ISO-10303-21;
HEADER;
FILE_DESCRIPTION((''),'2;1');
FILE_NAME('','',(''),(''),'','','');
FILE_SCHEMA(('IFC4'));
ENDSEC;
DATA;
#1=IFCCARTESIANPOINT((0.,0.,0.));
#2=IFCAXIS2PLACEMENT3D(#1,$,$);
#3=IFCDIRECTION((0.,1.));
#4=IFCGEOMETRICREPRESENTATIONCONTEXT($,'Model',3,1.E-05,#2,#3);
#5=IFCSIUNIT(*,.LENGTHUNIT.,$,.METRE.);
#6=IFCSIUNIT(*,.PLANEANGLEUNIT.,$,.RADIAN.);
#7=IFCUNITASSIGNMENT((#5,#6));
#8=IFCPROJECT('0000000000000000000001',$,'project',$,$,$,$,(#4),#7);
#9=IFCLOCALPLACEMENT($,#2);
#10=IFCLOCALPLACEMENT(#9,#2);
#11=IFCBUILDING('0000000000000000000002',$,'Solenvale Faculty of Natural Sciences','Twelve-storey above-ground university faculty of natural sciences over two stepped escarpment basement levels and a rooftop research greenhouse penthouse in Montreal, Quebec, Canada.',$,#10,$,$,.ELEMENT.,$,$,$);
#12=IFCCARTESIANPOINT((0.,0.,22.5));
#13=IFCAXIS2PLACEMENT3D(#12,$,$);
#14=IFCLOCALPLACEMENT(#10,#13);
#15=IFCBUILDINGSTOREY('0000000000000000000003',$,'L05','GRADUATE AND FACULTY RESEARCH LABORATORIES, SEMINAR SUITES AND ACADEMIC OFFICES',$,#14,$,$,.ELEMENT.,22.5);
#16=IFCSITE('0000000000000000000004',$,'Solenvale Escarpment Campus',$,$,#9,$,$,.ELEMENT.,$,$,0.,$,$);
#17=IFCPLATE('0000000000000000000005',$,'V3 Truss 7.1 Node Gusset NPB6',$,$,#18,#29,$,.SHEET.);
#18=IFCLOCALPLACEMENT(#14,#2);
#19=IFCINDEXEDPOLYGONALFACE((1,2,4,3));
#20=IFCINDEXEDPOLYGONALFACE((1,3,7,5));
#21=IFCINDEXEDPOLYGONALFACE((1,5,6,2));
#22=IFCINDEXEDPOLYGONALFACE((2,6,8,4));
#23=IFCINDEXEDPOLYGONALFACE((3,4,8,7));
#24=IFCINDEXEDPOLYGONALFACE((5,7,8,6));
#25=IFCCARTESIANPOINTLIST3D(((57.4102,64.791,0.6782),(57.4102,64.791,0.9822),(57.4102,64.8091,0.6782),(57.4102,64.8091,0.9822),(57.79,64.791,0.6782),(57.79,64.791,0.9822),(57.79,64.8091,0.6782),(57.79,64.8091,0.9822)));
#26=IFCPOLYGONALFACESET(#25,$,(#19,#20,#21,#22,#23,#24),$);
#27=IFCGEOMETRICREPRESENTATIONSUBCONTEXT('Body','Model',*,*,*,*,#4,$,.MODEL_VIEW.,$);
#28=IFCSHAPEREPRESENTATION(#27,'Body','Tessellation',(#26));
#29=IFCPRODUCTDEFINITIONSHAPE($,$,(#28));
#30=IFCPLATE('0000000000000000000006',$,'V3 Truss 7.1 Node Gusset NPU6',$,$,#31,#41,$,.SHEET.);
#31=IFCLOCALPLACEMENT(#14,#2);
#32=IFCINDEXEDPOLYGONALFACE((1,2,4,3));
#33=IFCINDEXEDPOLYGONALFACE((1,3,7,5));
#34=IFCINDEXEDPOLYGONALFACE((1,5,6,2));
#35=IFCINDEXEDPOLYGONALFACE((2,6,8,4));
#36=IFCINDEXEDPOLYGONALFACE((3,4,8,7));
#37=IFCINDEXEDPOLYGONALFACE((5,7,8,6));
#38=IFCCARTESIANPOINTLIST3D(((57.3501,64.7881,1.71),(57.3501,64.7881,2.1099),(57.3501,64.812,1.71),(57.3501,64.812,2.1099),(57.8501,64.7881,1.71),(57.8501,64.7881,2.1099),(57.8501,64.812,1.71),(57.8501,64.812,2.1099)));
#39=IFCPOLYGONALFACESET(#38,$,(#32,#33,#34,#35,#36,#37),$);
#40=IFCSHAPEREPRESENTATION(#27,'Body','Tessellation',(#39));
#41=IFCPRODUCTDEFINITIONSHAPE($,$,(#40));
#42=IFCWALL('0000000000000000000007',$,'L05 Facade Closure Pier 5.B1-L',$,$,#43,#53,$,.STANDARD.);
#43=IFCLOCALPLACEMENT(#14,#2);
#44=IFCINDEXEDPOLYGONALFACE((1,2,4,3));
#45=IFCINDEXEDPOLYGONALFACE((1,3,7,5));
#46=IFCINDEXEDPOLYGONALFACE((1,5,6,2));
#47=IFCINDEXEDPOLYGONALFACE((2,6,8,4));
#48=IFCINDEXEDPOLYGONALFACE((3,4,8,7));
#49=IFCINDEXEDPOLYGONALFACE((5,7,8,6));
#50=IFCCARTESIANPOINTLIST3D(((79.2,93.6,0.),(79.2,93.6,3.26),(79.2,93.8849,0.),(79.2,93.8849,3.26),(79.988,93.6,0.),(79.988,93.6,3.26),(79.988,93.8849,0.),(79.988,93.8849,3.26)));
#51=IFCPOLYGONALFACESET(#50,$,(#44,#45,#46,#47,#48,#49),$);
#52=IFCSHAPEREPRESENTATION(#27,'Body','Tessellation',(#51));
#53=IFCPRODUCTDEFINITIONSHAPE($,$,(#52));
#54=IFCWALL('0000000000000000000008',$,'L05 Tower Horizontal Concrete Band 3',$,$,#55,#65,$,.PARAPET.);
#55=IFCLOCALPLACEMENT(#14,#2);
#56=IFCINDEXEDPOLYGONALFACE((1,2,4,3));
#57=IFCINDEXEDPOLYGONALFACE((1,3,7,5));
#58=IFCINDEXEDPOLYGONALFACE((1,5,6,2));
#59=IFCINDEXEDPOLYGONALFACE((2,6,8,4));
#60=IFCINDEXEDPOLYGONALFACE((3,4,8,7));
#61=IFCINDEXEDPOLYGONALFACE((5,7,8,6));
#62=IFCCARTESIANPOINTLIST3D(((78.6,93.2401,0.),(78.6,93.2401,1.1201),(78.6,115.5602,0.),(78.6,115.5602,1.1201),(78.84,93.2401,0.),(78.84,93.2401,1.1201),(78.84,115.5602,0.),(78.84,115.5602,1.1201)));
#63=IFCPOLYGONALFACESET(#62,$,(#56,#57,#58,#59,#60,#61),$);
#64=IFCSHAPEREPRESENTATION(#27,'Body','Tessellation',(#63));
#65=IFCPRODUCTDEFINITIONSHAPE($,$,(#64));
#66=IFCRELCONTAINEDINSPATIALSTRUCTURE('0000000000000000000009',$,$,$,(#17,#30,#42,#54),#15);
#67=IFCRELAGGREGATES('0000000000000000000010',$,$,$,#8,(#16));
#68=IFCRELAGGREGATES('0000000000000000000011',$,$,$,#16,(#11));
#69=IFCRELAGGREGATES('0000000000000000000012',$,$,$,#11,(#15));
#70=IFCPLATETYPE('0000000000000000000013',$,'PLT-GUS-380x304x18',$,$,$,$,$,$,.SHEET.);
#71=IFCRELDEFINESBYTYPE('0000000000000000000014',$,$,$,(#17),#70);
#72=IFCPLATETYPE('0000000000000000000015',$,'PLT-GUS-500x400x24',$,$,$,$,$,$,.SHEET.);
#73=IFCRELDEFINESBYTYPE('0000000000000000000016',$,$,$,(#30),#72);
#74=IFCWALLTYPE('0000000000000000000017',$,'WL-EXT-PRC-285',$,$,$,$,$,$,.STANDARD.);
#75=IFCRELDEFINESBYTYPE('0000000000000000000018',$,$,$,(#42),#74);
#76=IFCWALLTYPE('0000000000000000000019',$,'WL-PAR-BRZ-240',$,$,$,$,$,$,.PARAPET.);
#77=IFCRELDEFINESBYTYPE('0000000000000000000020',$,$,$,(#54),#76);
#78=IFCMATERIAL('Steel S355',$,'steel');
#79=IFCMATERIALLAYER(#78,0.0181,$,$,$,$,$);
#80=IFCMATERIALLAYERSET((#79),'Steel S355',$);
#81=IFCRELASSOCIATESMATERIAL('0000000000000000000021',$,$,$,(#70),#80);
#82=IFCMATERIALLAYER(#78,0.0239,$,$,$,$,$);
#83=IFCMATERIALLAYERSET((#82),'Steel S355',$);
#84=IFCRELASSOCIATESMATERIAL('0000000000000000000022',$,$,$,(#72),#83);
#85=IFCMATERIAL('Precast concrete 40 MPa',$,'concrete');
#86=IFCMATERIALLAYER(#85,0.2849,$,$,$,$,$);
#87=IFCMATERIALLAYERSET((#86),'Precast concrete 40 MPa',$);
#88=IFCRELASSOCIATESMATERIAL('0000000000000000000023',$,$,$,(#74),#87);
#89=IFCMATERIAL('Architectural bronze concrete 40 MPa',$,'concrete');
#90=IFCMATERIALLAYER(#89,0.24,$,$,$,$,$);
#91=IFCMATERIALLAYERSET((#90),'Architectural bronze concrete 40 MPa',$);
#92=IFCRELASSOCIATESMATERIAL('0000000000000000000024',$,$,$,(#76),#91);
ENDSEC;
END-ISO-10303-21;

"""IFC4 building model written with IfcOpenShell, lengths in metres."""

from ifc_helpers import new_model, si_unit, direction, frame, frame_2d, origin, origin_2d, place, context, subcontext, project, spatial, rectangle, extrude, material, layer, layer_set, type_object, element, save


model = new_model("IFC4")

# Units and contexts
model_context = context("Model", 3, precision=1e-05, world=origin(), true_north=direction((0.0, 1.0)))
body_context = subcontext(model_context, "Body", "Model", "MODEL_VIEW")
ifc_project = project(units=[si_unit("LENGTHUNIT", "METRE"), si_unit("PLANEANGLEUNIT", "RADIAN")], contexts=[model_context])

# Site, building, storey
site_placement = place(None, origin())
site = spatial("IfcSite", under=ifc_project, at=site_placement, Name="Solenvale Escarpment Campus", CompositionType="ELEMENT", RefElevation=0.0)
building_placement = place(site_placement, origin())
building = spatial("IfcBuilding", under=site, at=building_placement, Name="Solenvale Faculty of Natural Sciences", Description="Twelve-storey above-ground university faculty of natural sciences over two stepped escarpment basement levels and a rooftop research greenhouse penthouse in Montreal, Quebec, Canada.", CompositionType="ELEMENT")
storey_placement = place(building_placement, frame((0.0, 0.0, 22.5)))
storey = spatial("IfcBuildingStorey", under=building, at=storey_placement, Name="L05", Description="GRADUATE AND FACULTY RESEARCH LABORATORIES, SEMINAR SUITES AND ACADEMIC OFFICES", CompositionType="ELEMENT", Elevation=22.5)

# Shared definitions
ifc_material_1 = material(Name="Steel S355", Category="steel")

# Plates
ifc_layer_1 = layer(ifc_material_1, 0.0181)
ifc_layer_set_1 = layer_set([ifc_layer_1], Name="Steel S355")
plate_type_1 = type_object("IfcPlateType", Name="PLT-GUS-380x304x18", PredefinedType="SHEET", material=ifc_layer_set_1)
plate_1_placement = place(storey_placement, frame((57.6001, 64.8, 0.6782), z_axis=(0.0, 0.0, 1.0), x_axis=(1.0, 0.0, 0.0)))
element("IfcPlate", 1, at=plate_1_placement, inside=storey, type_object=plate_type_1, Name="V3 Truss 7.1 Node Gusset NPB6", PredefinedType="SHEET", context=body_context, shape_type="SweptSolid", body=[
    extrude(rectangle(XDim=0.3799, YDim=0.0181, at=origin_2d()), origin(), (0.0, 0.0, 1.0), 0.304),
])
ifc_layer_2 = layer(ifc_material_1, 0.0239)
ifc_layer_set_2 = layer_set([ifc_layer_2], Name="Steel S355")
plate_type_2 = type_object("IfcPlateType", Name="PLT-GUS-500x400x24", PredefinedType="SHEET", material=ifc_layer_set_2)
plate_2_placement = place(storey_placement, frame((57.6001, 64.8, 1.71), z_axis=(0.0, 0.0, 1.0), x_axis=(1.0, 0.0, 0.0)))
element("IfcPlate", 2, at=plate_2_placement, inside=storey, type_object=plate_type_2, Name="V3 Truss 7.1 Node Gusset NPU6", PredefinedType="SHEET", context=body_context, shape_type="SweptSolid", body=[
    extrude(rectangle(XDim=0.5, YDim=0.0239, at=origin_2d()), origin(), (0.0, 0.0, 1.0), 0.3999),
])

# Walls
ifc_material_2 = material(Name="Precast concrete 40 MPa", Category="concrete")
ifc_layer_3 = layer(ifc_material_2, 0.2849)
ifc_layer_set_3 = layer_set([ifc_layer_3], Name="Precast concrete 40 MPa")
wall_type_1 = type_object("IfcWallType", Name="WL-EXT-PRC-285", PredefinedType="STANDARD", material=ifc_layer_set_3)
wall_1_placement = place(storey_placement, frame((79.2, 93.7424, 0.0), z_axis=(0.0, 0.0, 1.0), x_axis=(1.0, 0.0, 0.0)))
element("IfcWall", 3, at=wall_1_placement, inside=storey, type_object=wall_type_1, Name="L05 Facade Closure Pier 5.B1-L", PredefinedType="STANDARD", context=body_context, shape_type="SweptSolid", body=[
    extrude(rectangle(XDim=0.7881, YDim=0.2849, at=frame_2d((0.394, 0.0))), origin(), (0.0, 0.0, 1.0), 3.26),
])
ifc_material_3 = material(Name="Architectural bronze concrete 40 MPa", Category="concrete")
ifc_layer_4 = layer(ifc_material_3, 0.24)
ifc_layer_set_4 = layer_set([ifc_layer_4], Name="Architectural bronze concrete 40 MPa")
wall_type_2 = type_object("IfcWallType", Name="WL-PAR-BRZ-240", PredefinedType="PARAPET", material=ifc_layer_set_4)
wall_2_placement = place(storey_placement, frame((78.72, 93.24, 0.0), z_axis=(0.0, 0.0, 1.0), x_axis=(0.0, 1.0, 0.0)))
element("IfcWall", 4, at=wall_2_placement, inside=storey, type_object=wall_type_2, Name="L05 Tower Horizontal Concrete Band 3", PredefinedType="PARAPET", context=body_context, shape_type="SweptSolid", body=[
    extrude(rectangle(XDim=22.3201, YDim=0.24, at=frame_2d((11.1602, 0.0))), origin(), (0.0, 0.0, 1.0), 1.1201),
])

save(model, "model.ifc")
